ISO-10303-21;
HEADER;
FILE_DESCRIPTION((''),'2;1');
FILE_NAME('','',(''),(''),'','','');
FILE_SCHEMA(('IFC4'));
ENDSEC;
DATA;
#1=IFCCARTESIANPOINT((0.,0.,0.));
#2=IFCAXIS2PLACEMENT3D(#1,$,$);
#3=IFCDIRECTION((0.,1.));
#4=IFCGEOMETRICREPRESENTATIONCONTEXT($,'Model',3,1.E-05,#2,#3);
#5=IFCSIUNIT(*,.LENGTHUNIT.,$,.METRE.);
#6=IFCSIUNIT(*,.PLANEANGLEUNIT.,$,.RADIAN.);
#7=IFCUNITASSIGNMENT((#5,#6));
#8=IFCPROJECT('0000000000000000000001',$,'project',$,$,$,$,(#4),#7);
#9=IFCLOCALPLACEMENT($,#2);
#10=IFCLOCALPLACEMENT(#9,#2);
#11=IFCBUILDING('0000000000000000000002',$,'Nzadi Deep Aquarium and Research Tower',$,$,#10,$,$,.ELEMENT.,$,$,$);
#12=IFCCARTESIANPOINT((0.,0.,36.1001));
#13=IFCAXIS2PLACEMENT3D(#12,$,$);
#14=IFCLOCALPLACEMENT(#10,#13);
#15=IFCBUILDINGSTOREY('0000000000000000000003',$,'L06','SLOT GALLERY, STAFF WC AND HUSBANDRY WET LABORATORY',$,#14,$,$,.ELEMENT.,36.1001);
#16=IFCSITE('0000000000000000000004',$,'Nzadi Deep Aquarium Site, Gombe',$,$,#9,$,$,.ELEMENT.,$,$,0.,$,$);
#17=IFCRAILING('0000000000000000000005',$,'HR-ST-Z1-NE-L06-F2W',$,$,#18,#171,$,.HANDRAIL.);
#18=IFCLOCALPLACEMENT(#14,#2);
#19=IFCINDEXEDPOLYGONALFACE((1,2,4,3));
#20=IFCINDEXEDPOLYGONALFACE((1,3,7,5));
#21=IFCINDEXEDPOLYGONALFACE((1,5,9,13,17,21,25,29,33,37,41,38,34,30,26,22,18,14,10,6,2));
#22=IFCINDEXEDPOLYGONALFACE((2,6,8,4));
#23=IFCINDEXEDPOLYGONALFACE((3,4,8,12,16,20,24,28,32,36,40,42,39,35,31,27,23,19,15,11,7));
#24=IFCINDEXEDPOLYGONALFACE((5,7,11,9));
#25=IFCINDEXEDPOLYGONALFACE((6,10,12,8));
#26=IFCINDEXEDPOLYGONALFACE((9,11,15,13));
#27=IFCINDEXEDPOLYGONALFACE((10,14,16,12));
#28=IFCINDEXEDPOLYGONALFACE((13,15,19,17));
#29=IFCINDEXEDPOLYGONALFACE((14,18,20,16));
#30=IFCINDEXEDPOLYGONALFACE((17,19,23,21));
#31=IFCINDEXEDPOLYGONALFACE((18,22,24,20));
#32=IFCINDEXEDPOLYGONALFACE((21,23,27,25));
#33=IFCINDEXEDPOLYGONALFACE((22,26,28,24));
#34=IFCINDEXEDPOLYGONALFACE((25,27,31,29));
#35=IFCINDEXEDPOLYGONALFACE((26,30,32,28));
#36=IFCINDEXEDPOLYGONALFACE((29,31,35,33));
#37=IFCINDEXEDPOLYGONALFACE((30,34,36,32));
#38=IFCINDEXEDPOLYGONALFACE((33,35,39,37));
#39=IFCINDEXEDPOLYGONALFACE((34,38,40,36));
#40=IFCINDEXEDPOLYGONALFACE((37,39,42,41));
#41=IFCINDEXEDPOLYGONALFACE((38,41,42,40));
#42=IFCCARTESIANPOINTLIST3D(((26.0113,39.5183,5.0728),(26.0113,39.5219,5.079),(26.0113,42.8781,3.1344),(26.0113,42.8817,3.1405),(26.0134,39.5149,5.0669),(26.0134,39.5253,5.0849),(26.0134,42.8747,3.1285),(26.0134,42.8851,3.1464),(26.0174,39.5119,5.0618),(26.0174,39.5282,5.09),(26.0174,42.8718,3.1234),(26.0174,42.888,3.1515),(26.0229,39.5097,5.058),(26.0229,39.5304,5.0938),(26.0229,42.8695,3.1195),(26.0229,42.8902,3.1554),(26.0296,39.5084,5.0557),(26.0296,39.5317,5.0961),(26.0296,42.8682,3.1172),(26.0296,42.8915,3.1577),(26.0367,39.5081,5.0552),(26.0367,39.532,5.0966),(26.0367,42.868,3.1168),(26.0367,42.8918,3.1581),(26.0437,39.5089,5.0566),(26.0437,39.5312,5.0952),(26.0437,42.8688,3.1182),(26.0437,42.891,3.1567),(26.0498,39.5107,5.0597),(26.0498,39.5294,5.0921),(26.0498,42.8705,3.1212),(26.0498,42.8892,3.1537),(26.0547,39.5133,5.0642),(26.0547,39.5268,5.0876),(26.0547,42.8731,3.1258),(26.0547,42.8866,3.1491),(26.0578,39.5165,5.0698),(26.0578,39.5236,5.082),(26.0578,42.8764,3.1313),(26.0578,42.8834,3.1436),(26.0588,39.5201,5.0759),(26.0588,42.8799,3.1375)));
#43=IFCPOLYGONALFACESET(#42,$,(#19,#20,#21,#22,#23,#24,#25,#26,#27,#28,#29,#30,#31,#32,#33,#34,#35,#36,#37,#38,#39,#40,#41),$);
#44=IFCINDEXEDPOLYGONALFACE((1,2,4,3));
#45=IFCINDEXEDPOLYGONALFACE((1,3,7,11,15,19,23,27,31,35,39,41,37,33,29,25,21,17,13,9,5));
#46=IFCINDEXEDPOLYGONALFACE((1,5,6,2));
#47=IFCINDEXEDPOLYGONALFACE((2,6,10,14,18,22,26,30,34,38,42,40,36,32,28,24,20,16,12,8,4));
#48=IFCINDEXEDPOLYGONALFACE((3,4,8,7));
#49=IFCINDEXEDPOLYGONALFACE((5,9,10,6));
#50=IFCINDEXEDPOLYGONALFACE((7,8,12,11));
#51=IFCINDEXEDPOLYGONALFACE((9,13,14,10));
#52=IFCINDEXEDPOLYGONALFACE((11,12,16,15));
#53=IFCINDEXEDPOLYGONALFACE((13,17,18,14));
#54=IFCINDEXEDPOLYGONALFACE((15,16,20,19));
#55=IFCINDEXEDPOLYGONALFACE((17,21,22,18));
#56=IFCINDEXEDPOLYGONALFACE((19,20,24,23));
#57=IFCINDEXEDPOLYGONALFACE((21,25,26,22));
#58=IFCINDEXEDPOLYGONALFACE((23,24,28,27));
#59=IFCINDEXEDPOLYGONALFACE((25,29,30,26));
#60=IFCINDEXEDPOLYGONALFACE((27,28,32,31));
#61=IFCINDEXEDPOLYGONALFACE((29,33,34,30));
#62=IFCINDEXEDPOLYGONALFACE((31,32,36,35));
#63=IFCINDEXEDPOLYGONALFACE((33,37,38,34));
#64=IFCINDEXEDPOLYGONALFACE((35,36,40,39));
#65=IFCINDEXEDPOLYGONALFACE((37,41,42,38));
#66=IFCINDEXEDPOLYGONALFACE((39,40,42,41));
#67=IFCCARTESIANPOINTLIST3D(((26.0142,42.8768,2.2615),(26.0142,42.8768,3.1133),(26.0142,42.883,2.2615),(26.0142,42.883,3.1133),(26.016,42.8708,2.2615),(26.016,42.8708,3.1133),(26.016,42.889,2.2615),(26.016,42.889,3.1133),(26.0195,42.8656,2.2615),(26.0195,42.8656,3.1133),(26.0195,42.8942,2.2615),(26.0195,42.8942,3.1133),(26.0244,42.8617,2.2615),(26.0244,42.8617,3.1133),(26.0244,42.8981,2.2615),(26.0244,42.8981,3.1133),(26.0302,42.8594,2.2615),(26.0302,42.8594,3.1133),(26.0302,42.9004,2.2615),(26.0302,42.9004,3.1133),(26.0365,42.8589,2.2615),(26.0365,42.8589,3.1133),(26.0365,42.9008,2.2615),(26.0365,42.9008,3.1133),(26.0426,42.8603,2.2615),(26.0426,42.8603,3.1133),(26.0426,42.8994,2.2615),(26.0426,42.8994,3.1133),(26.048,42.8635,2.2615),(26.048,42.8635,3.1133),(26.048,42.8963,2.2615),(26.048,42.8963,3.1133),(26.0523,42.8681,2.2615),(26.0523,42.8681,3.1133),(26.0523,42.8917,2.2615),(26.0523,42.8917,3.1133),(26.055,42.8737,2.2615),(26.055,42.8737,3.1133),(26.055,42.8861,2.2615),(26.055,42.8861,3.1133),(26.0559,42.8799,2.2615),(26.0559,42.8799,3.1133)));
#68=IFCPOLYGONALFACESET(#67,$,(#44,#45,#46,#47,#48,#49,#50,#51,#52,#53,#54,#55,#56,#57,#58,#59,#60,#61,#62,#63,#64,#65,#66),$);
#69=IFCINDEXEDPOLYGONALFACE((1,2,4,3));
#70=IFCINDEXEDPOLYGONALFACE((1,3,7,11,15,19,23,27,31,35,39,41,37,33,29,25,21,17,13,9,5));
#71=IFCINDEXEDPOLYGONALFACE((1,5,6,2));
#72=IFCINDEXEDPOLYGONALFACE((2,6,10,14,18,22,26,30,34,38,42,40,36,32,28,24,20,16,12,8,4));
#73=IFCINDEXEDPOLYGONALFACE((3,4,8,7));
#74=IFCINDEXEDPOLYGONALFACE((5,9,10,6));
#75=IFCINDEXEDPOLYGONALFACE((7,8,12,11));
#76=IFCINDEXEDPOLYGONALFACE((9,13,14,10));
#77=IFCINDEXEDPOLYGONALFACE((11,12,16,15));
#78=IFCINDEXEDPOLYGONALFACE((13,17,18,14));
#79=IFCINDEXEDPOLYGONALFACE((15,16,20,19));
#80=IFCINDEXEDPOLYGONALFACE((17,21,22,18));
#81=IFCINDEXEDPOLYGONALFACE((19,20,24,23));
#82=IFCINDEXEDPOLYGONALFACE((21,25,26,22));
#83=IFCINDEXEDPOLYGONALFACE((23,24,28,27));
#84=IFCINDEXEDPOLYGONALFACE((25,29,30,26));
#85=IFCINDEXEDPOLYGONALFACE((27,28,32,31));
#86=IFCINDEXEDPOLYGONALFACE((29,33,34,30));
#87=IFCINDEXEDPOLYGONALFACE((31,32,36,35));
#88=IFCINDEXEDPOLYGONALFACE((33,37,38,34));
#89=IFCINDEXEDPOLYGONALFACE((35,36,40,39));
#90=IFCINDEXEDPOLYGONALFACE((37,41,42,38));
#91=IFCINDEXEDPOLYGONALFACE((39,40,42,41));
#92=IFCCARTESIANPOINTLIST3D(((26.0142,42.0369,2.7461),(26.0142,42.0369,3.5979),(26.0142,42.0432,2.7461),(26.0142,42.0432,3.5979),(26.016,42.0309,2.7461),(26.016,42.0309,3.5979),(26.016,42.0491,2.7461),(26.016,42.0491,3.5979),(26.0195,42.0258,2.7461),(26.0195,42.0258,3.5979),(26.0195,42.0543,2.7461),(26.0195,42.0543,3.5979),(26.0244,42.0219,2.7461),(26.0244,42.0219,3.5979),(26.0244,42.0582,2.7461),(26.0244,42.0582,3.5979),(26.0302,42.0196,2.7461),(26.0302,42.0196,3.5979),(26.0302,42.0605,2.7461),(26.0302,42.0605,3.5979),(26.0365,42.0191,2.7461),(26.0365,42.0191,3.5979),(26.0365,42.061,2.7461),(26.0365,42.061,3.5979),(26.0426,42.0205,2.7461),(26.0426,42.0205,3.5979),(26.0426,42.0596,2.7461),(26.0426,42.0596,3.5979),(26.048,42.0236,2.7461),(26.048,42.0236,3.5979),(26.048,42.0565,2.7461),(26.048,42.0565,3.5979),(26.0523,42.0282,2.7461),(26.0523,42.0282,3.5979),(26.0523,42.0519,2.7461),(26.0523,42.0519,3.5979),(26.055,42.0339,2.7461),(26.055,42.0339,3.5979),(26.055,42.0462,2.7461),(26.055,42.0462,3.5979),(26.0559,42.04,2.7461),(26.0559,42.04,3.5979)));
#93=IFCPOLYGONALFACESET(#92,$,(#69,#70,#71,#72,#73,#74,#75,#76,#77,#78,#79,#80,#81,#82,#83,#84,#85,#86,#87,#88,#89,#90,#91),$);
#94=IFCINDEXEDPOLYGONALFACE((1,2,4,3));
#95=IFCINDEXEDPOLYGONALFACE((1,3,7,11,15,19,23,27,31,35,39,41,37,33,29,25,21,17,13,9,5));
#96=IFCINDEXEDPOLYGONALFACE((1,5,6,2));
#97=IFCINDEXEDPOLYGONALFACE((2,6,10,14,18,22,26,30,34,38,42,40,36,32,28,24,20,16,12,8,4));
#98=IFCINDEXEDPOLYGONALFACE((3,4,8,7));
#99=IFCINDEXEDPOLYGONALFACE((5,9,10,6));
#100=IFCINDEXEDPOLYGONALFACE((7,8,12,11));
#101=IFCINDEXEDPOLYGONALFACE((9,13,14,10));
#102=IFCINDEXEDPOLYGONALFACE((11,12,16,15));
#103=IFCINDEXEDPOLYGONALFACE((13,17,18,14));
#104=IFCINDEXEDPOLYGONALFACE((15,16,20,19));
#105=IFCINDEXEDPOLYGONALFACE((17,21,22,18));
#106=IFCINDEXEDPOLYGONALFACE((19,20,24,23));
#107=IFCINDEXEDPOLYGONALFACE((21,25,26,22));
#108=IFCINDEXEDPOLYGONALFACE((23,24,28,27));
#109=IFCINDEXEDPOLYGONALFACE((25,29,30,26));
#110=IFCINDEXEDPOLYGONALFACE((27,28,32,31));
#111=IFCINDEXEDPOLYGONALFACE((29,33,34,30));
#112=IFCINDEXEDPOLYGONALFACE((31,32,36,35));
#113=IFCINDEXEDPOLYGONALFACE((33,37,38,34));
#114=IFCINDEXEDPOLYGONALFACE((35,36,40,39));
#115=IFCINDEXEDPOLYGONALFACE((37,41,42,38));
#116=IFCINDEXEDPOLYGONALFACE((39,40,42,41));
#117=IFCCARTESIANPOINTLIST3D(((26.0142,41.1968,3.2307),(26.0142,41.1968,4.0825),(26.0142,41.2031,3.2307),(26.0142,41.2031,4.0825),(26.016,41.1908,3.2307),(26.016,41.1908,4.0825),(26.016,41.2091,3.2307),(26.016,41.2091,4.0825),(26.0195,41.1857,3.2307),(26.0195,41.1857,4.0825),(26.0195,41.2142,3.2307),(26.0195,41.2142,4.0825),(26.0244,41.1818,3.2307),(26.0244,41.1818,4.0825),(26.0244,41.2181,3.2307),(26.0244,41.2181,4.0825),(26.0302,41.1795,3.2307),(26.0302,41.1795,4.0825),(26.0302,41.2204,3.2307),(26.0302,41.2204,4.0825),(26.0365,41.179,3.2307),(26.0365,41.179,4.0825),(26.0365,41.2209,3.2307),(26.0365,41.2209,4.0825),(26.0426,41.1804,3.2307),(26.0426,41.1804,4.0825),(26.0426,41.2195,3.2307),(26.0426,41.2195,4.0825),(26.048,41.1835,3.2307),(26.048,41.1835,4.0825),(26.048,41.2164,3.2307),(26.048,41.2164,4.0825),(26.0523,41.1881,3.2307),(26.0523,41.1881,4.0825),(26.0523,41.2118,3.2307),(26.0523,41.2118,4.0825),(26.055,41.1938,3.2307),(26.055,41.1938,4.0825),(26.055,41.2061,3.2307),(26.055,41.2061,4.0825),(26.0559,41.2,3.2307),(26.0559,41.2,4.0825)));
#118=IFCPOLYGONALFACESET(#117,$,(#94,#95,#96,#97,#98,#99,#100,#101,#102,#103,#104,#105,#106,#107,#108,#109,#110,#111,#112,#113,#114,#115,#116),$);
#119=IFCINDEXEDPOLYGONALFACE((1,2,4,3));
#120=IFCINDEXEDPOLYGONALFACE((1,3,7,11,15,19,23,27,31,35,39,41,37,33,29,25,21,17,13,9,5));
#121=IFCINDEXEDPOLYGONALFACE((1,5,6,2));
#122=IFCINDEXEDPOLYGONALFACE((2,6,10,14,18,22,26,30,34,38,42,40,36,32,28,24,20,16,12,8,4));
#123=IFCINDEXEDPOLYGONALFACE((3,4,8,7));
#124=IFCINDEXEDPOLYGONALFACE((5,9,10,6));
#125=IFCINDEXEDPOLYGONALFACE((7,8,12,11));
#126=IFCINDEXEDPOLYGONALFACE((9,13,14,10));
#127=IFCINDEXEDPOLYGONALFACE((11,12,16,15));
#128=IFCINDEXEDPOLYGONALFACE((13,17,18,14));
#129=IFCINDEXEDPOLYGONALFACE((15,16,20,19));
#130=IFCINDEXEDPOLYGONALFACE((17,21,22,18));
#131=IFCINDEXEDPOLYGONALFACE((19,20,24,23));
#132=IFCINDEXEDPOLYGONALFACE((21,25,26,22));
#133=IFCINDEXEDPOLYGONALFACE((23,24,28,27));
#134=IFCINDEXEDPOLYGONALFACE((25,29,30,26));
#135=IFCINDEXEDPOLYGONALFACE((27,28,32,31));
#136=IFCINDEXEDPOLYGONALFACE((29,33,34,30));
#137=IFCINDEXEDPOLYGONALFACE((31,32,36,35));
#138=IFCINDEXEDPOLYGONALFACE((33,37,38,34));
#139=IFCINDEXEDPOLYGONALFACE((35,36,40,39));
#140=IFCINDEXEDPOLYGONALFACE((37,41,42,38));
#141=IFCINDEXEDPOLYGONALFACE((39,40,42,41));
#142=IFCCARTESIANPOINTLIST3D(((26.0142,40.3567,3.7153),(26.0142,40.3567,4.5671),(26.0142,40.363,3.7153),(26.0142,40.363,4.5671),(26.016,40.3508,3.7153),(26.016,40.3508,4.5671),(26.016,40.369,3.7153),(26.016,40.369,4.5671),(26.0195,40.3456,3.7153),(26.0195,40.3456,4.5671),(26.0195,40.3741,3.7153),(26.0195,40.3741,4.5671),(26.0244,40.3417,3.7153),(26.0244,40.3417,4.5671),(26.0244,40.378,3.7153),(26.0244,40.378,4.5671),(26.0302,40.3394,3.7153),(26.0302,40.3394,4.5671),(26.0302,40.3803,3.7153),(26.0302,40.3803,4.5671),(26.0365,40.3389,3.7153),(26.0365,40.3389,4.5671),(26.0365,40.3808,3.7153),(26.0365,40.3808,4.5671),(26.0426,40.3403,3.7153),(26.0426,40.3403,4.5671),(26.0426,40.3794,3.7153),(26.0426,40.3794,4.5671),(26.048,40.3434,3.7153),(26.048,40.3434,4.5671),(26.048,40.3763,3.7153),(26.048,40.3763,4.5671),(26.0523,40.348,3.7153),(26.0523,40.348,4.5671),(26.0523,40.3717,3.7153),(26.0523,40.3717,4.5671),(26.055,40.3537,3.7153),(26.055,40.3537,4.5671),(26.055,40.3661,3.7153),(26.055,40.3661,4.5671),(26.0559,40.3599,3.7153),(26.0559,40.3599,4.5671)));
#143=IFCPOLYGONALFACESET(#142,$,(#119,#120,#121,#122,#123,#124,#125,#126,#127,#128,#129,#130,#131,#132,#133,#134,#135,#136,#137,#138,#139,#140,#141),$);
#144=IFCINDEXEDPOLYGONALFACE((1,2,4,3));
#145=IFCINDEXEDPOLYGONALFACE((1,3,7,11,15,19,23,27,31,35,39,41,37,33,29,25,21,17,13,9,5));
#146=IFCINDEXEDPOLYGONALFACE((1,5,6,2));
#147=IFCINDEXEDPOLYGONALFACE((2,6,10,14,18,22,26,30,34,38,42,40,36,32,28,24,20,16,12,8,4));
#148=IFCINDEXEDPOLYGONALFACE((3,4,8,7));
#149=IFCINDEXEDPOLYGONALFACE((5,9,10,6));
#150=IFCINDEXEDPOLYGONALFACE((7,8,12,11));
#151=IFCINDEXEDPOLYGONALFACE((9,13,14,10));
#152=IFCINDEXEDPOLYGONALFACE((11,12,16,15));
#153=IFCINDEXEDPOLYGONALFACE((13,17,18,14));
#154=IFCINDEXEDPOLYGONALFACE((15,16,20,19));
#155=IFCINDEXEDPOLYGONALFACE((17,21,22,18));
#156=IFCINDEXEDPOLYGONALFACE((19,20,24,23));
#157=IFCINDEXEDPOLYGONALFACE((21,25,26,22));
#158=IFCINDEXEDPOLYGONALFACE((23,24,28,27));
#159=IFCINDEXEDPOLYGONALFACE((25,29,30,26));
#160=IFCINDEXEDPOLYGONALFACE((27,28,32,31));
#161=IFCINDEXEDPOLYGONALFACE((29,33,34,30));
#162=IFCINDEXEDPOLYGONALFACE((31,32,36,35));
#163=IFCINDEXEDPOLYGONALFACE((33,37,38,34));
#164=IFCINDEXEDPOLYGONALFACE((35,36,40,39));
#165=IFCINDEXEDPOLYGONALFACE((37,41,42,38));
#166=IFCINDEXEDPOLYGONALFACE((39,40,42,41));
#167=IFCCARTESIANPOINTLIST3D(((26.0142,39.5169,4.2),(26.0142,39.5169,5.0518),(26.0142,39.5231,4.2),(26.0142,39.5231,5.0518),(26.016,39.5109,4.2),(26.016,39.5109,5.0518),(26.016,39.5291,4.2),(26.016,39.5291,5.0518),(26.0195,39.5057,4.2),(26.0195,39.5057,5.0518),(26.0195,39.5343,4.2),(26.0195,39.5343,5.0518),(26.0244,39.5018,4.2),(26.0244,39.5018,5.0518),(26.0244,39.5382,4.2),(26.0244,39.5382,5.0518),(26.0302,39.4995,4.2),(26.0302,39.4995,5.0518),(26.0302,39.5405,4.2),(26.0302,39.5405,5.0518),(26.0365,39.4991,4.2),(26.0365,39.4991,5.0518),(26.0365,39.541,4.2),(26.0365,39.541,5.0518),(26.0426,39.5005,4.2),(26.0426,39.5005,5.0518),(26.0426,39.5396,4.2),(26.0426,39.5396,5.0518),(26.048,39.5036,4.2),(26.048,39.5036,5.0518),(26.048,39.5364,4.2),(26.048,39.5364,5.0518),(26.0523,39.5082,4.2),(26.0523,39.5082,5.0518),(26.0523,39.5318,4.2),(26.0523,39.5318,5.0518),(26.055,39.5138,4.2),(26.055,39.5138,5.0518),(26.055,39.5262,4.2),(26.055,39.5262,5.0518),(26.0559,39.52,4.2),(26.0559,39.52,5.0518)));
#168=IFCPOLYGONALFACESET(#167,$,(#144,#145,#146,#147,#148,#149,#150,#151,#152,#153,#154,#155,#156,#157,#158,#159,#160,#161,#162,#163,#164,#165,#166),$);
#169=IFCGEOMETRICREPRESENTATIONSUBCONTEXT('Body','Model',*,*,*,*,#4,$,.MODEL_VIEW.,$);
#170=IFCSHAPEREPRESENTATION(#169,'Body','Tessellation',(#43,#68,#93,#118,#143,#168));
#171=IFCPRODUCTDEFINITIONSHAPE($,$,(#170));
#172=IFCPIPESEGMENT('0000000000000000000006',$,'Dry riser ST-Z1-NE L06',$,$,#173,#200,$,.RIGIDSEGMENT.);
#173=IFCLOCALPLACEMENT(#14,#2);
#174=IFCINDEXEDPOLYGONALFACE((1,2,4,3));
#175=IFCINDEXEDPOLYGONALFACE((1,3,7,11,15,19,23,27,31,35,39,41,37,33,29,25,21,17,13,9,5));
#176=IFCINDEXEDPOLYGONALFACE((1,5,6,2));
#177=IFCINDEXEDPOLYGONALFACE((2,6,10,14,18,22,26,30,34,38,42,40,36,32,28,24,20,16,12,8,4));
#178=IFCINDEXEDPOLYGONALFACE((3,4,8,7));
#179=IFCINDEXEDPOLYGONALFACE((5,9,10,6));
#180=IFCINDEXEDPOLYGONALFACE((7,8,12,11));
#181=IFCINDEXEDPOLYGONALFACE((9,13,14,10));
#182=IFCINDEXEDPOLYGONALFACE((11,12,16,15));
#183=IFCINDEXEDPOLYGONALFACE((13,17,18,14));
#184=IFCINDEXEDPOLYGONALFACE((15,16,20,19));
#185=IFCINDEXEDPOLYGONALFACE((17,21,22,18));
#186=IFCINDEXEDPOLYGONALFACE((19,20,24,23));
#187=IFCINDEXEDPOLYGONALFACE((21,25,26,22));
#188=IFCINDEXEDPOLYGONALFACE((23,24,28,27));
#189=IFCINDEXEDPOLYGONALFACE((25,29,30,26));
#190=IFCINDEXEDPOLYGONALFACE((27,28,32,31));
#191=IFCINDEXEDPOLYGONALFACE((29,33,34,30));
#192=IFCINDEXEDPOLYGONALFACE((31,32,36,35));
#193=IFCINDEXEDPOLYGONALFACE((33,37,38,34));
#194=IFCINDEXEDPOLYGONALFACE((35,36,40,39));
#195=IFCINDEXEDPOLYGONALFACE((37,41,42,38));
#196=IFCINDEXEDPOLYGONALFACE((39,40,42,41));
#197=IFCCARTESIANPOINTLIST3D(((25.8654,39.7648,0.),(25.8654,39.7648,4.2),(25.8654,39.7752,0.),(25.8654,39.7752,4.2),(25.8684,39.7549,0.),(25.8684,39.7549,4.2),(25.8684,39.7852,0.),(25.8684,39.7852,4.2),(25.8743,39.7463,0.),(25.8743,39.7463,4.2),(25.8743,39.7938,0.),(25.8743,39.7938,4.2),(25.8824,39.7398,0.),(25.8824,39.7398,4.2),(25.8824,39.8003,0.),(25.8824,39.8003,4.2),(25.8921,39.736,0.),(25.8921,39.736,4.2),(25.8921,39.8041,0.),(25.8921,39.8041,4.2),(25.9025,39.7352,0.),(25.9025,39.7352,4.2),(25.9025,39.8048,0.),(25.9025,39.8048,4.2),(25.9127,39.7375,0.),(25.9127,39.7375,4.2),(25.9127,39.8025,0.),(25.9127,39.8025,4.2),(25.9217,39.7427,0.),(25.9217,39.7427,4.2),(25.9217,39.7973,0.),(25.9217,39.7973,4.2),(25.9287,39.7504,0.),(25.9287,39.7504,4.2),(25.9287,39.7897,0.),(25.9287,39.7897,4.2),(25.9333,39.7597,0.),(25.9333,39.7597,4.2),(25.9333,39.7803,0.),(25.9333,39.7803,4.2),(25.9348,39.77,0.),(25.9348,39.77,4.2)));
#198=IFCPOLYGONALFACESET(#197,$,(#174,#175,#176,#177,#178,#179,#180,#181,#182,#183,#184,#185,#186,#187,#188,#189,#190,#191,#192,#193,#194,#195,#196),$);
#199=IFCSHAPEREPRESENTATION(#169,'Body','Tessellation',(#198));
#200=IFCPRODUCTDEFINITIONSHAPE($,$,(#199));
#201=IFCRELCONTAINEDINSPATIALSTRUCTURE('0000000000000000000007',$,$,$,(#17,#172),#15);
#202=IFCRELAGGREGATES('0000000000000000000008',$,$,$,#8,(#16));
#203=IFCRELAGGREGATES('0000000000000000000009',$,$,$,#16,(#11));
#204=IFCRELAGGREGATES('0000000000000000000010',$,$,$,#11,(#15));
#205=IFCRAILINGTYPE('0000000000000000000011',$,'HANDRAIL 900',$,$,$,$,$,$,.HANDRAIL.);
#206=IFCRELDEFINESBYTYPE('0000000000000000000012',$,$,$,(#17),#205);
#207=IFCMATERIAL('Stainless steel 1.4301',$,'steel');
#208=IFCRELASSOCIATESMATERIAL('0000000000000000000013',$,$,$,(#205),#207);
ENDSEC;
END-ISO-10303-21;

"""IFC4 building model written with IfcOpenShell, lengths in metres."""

from ifc_helpers import new_model, si_unit, direction, frame, origin, origin_2d, place, context, subcontext, project, spatial, circle, extrude, material, type_object, element, save


model = new_model("IFC4")

# Units and contexts
model_context = context("Model", 3, precision=1e-05, world=origin(), true_north=direction((0.0, 1.0)))
body_context = subcontext(model_context, "Body", "Model", "MODEL_VIEW")
ifc_project = project(units=[si_unit("LENGTHUNIT", "METRE"), si_unit("PLANEANGLEUNIT", "RADIAN")], contexts=[model_context])

# Site, building, storey
site_placement = place(None, origin())
site = spatial("IfcSite", under=ifc_project, at=site_placement, Name="Nzadi Deep Aquarium Site, Gombe", CompositionType="ELEMENT", RefElevation=0.0)
building_placement = place(site_placement, origin())
building = spatial("IfcBuilding", under=site, at=building_placement, Name="Nzadi Deep Aquarium and Research Tower", CompositionType="ELEMENT")
storey_placement = place(building_placement, frame((0.0, 0.0, 36.1001)))
storey = spatial("IfcBuildingStorey", under=building, at=storey_placement, Name="L06", Description="SLOT GALLERY, STAFF WC AND HUSBANDRY WET LABORATORY", CompositionType="ELEMENT", Elevation=36.1001)

# Railing
ifc_material_1 = material(Name="Stainless steel 1.4301", Category="steel")
railing_type = type_object("IfcRailingType", Name="HANDRAIL 900", PredefinedType="HANDRAIL", material=ifc_material_1)
for number, where, name in (
    (1, (26.0349, 42.8799, 2.2615), "HR-ST-Z1-NE-L06-F2W"),
):
    element("IfcRailing", number, at=place(storey_placement, frame(where)), inside=storey, type_object=railing_type, Name=name, PredefinedType="HANDRAIL", context=body_context, shape_type="SweptSolid", body=[
        extrude(circle(Radius=0.0239, at=origin_2d()), frame((0.0, 0.0, 0.876), z_axis=(0.0, -0.866175, 0.499741), x_axis=(1.0, 0.0, 0.0)), (0.0, 0.0, 1.0), 3.8789),
        extrude(circle(Radius=0.021, at=origin_2d()), origin(), (0.0, 0.0, 1.0), 0.8518),
        extrude(circle(Radius=0.021, at=origin_2d()), frame((0.0, -0.8398, 0.4846)), (0.0, 0.0, 1.0), 0.8518),
        extrude(circle(Radius=0.021, at=origin_2d()), frame((0.0, -1.6799, 0.9692)), (0.0, 0.0, 1.0), 0.8518),
        extrude(circle(Radius=0.021, at=origin_2d()), frame((0.0, -2.52, 1.4539)), (0.0, 0.0, 1.0), 0.8518),
        extrude(circle(Radius=0.021, at=origin_2d()), frame((0.0, -3.3599, 1.9385)), (0.0, 0.0, 1.0), 0.8518),
    ])

# Pipe segment
pipe_segment_placement = place(storey_placement, frame((25.8999, 39.77, 0.0), z_axis=(0.0, 0.0, 1.0), x_axis=(1.0, 0.0, 0.0)))
element("IfcPipeSegment", 2, at=pipe_segment_placement, inside=storey, Name="Dry riser ST-Z1-NE L06", PredefinedType="RIGIDSEGMENT", context=body_context, shape_type="SweptSolid", body=[
    extrude(circle(Radius=0.0349, at=origin_2d()), origin(), (0.0, 0.0, 1.0), 4.2),
])

save(model, "model.ifc")
